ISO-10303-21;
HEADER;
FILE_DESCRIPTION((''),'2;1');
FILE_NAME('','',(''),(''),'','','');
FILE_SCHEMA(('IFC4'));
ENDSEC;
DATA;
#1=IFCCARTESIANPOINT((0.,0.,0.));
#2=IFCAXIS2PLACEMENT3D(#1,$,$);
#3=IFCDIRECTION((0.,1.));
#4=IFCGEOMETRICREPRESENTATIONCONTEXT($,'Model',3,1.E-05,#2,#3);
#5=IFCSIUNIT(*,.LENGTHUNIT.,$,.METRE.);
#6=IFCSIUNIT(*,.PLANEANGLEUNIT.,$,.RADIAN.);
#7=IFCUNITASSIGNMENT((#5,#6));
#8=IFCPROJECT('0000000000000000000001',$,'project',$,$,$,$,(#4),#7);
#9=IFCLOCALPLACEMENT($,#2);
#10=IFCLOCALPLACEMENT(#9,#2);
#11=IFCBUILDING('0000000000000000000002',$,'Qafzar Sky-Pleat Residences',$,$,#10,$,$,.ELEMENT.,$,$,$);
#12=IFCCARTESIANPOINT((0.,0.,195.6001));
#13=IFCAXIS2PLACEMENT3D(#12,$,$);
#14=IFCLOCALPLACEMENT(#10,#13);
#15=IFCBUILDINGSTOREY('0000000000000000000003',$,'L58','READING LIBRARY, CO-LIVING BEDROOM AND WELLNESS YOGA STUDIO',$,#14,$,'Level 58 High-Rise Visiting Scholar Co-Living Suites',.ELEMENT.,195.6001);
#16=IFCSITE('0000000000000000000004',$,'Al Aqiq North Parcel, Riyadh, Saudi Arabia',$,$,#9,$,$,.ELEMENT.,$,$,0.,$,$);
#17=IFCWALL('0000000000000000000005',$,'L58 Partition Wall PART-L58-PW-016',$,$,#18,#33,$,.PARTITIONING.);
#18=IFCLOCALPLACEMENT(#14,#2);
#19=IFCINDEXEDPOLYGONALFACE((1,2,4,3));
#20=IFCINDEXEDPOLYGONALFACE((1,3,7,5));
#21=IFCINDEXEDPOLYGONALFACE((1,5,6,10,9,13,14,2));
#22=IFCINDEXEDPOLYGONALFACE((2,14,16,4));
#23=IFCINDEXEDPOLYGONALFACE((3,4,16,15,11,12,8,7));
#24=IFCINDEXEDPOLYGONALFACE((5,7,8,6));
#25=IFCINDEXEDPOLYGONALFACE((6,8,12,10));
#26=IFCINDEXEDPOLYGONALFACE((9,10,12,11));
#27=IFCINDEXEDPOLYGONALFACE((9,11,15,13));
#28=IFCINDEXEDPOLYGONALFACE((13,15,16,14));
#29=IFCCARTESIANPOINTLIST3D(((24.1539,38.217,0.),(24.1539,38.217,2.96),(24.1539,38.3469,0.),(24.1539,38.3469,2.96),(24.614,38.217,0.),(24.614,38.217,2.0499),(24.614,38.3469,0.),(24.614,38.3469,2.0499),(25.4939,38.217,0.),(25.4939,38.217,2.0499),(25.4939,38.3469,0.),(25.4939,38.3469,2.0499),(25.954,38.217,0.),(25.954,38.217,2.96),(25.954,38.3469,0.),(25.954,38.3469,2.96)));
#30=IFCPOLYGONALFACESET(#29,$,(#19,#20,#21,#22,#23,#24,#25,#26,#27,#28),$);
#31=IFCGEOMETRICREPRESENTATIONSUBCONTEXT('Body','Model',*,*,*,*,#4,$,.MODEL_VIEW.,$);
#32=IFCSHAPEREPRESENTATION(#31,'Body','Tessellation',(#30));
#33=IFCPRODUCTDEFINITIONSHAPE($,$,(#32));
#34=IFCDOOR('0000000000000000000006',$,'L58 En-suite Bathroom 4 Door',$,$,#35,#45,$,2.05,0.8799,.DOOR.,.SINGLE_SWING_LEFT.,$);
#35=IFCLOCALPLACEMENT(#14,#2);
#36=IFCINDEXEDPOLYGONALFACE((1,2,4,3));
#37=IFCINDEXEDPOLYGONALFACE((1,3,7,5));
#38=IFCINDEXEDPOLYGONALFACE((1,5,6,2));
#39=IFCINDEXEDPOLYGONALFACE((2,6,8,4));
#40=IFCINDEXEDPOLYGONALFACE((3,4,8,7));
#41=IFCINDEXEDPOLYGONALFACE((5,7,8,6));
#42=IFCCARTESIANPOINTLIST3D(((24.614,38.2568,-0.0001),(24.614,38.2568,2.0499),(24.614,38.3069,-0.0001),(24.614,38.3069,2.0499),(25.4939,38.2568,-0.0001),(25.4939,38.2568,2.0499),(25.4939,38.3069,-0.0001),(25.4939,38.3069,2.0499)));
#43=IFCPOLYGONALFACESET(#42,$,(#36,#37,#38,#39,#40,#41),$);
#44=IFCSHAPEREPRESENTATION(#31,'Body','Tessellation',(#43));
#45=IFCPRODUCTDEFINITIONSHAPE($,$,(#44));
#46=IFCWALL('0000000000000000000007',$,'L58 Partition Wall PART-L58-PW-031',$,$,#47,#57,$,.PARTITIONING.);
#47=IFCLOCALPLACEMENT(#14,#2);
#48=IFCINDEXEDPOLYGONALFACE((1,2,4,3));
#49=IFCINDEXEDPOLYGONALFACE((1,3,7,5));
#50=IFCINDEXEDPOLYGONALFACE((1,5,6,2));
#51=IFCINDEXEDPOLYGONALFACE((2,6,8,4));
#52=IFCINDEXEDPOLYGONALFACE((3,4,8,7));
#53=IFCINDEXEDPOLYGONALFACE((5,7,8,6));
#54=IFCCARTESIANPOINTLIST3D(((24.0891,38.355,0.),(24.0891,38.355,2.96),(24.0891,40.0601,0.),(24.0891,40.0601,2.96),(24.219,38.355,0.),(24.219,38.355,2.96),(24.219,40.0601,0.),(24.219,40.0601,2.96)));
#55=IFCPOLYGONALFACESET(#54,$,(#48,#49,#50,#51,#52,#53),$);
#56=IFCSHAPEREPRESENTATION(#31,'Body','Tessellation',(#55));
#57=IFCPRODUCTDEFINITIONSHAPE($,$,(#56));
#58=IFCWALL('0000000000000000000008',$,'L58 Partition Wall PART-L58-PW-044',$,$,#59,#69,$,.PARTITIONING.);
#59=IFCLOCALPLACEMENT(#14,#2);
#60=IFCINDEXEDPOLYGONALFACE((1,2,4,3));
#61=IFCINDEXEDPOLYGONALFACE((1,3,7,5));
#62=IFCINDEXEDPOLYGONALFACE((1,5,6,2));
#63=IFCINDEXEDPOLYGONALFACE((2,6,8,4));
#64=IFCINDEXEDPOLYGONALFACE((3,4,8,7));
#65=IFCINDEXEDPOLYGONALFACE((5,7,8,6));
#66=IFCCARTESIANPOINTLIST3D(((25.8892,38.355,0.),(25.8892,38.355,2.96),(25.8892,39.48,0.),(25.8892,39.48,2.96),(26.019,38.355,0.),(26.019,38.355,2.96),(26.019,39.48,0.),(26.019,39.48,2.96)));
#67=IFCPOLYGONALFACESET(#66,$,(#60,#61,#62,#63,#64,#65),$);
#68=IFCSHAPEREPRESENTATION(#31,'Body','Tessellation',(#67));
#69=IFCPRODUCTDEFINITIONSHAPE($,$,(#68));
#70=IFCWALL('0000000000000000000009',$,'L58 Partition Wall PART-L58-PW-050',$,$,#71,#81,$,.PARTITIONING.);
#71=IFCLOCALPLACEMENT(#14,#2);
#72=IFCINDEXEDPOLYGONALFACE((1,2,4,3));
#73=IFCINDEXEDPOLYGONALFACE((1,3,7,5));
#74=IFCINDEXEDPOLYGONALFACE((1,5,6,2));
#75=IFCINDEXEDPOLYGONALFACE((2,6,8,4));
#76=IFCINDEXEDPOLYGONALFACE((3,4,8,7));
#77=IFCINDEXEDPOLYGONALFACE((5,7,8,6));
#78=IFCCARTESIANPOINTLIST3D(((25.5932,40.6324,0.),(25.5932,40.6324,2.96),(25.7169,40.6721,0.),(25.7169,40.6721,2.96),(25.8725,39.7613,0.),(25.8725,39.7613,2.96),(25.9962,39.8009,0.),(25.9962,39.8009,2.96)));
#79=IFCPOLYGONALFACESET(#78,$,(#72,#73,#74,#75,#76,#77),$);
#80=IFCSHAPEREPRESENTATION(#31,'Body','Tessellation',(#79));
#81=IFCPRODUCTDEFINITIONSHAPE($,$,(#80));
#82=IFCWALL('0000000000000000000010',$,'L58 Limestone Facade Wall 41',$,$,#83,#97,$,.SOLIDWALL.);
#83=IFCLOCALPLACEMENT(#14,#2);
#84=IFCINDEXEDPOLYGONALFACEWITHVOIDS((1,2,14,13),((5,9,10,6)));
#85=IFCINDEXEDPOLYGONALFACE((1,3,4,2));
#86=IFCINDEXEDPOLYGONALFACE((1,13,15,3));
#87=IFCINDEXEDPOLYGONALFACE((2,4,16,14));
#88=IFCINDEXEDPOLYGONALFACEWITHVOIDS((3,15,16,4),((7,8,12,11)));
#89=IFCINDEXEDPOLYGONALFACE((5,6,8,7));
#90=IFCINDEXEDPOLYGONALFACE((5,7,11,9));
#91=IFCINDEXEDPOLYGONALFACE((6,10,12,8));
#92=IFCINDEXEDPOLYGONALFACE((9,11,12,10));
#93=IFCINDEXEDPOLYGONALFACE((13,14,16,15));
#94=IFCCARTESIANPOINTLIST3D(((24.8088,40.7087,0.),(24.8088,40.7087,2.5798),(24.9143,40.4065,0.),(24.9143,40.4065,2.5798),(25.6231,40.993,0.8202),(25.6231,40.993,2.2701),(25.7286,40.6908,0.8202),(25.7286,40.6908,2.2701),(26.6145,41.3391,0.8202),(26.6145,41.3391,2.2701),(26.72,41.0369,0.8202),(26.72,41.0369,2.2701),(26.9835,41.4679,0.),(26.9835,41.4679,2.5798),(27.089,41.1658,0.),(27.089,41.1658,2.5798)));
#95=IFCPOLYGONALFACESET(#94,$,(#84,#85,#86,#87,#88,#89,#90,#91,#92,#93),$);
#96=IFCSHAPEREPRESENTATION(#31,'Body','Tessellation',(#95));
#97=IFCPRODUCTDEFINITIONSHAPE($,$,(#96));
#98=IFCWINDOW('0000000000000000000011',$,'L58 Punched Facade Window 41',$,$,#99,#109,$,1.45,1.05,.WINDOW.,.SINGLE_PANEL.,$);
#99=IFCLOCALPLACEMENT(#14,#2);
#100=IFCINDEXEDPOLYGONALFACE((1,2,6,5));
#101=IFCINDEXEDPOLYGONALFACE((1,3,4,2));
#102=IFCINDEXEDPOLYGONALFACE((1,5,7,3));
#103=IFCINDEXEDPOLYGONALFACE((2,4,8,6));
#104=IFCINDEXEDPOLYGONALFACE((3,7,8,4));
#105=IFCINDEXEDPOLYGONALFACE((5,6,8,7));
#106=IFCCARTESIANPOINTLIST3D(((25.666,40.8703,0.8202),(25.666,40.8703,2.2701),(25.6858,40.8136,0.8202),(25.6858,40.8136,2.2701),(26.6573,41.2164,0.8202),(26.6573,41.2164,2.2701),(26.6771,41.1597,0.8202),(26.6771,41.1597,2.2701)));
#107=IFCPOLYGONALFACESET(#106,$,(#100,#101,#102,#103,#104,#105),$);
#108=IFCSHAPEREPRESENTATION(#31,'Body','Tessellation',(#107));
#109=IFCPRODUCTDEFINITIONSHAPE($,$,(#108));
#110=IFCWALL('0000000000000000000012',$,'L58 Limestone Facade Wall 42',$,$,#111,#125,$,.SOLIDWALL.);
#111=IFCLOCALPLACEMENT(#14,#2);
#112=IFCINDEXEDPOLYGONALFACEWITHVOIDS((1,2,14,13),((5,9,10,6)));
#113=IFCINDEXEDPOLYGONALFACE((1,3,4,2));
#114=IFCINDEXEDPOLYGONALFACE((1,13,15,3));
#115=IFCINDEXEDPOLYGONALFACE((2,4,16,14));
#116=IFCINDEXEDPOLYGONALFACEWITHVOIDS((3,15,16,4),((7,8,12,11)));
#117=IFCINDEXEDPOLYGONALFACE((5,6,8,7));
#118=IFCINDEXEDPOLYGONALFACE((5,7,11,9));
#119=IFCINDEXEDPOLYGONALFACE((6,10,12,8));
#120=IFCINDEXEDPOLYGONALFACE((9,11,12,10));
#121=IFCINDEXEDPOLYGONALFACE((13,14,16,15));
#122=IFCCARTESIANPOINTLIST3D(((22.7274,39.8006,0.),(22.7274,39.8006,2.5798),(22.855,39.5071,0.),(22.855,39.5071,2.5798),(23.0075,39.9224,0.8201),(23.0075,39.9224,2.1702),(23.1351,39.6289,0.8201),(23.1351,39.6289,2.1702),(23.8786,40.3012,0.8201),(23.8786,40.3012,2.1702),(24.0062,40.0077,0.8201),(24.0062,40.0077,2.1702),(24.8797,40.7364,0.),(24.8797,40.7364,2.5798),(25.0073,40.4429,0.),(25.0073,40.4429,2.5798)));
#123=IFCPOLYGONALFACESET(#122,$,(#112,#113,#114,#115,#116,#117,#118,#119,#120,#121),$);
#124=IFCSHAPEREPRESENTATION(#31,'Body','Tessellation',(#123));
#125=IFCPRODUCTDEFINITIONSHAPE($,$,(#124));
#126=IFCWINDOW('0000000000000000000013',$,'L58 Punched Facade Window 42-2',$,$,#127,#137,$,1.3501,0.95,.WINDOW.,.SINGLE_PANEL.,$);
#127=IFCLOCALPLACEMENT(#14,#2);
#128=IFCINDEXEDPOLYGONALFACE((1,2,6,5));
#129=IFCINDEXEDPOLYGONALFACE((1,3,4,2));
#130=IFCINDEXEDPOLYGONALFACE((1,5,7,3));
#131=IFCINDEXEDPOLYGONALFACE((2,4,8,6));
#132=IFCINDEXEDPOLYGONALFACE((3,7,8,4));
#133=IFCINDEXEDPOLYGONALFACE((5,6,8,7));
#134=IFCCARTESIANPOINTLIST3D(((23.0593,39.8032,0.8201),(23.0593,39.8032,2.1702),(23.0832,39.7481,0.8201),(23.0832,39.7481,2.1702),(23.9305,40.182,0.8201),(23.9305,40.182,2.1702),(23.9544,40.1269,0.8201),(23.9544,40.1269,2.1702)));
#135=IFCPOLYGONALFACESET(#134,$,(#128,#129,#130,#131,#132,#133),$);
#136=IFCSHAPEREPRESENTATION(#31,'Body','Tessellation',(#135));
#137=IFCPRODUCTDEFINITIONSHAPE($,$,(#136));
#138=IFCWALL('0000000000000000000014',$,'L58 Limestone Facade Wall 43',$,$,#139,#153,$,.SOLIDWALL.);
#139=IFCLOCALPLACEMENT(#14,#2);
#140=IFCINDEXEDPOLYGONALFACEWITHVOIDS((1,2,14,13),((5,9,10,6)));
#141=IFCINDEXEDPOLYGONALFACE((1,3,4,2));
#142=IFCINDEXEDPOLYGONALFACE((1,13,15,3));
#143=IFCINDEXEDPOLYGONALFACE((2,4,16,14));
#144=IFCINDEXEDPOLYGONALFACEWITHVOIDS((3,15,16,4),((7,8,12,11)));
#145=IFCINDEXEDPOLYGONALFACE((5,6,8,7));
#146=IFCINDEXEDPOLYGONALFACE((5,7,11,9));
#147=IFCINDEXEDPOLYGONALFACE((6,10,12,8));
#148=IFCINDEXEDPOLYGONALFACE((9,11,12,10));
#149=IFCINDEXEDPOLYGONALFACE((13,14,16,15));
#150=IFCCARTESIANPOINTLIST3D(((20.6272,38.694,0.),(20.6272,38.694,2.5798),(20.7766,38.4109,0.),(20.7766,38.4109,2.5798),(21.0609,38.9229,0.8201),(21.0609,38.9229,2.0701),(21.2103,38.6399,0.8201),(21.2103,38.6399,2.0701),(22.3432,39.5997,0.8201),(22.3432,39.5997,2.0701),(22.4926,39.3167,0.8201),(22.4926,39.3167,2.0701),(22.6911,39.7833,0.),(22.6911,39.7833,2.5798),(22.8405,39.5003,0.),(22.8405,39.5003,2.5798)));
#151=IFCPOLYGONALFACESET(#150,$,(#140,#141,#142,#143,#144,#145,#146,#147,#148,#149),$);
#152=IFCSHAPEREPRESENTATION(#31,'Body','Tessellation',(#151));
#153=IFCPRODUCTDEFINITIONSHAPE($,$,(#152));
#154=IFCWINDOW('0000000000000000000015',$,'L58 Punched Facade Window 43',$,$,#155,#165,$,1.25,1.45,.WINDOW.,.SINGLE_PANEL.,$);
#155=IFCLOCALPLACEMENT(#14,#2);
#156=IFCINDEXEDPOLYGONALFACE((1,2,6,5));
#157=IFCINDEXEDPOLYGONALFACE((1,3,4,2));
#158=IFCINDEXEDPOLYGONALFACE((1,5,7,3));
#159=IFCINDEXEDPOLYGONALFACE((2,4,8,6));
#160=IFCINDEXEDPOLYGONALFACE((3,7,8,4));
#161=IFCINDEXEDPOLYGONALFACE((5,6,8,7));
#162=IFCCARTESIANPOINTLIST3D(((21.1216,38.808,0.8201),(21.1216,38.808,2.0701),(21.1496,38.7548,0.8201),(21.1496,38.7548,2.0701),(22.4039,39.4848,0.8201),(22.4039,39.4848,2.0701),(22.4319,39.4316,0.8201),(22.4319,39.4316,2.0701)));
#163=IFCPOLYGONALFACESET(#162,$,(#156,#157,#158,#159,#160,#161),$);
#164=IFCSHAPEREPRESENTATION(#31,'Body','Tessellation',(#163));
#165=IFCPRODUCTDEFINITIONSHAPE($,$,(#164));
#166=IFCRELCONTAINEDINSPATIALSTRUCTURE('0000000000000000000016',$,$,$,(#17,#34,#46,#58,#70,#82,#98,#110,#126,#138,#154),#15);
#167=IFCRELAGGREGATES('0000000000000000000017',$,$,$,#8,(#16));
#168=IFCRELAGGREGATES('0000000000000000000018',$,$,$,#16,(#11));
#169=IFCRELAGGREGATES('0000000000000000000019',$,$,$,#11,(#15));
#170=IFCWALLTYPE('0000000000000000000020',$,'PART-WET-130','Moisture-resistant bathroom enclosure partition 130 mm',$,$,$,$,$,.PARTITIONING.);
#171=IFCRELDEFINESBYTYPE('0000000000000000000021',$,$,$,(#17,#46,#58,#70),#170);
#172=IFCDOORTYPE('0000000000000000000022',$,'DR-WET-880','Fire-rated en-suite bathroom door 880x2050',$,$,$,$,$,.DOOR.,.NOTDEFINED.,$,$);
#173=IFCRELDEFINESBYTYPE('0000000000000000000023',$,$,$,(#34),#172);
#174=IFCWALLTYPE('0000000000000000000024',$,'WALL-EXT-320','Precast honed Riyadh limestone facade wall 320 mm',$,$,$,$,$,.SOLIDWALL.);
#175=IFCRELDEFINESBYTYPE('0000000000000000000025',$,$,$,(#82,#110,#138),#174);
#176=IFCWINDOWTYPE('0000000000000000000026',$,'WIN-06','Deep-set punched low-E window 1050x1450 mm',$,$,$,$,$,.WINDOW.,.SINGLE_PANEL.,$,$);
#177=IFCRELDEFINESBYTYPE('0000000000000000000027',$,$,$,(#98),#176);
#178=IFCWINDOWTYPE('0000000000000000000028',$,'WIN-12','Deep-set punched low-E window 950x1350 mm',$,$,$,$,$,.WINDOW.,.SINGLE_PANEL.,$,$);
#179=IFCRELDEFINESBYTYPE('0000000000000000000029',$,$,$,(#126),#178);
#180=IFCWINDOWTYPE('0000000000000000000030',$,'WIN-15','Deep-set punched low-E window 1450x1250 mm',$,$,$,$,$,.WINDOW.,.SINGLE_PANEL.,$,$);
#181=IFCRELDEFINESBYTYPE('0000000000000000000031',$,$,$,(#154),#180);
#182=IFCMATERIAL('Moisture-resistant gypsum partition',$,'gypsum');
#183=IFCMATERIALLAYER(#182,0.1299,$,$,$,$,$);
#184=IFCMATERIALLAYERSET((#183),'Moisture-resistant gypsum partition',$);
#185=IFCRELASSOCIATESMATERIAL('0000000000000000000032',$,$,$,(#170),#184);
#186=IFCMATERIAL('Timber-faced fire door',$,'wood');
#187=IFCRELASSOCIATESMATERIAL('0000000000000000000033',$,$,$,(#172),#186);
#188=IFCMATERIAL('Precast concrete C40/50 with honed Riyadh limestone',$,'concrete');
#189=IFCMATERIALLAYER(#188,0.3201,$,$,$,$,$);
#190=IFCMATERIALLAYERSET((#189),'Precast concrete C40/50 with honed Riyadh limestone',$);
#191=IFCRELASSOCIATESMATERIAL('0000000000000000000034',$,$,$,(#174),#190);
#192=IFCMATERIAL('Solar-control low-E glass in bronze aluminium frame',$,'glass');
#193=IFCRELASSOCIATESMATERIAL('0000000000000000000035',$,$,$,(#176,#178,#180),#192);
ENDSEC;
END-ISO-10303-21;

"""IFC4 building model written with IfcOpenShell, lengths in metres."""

from ifc_helpers import new_model, si_unit, direction, frame, frame_2d, origin, place, context, subcontext, project, spatial, rectangle, extrude, source, transform, mapped, material, layer, layer_set, type_object, element, fill, save


model = new_model("IFC4")

# Units and contexts
model_context = context("Model", 3, precision=1e-05, world=origin(), true_north=direction((0.0, 1.0)))
body_context = subcontext(model_context, "Body", "Model", "MODEL_VIEW")
ifc_project = project(units=[si_unit("LENGTHUNIT", "METRE"), si_unit("PLANEANGLEUNIT", "RADIAN")], contexts=[model_context])

# Site, building, storey
site_placement = place(None, origin())
site = spatial("IfcSite", under=ifc_project, at=site_placement, Name="Al Aqiq North Parcel, Riyadh, Saudi Arabia", CompositionType="ELEMENT", RefElevation=0.0)
building_placement = place(site_placement, origin())
building = spatial("IfcBuilding", under=site, at=building_placement, Name="Qafzar Sky-Pleat Residences", CompositionType="ELEMENT")
storey_placement = place(building_placement, frame((0.0, 0.0, 195.6001)))
storey = spatial("IfcBuildingStorey", under=building, at=storey_placement, Name="L58", Description="READING LIBRARY, CO-LIVING BEDROOM AND WELLNESS YOGA STUDIO", LongName="Level 58 High-Rise Visiting Scholar Co-Living Suites", CompositionType="ELEMENT", Elevation=195.6001)

# Wall, opening, door
ifc_material_1 = material(Name="Moisture-resistant gypsum partition", Category="gypsum")
ifc_layer_1 = layer(ifc_material_1, 0.1299)
ifc_layer_set_1 = layer_set([ifc_layer_1], Name="Moisture-resistant gypsum partition")
wall_type_1 = type_object("IfcWallType", Name="PART-WET-130", Description="Moisture-resistant bathroom enclosure partition 130 mm", PredefinedType="PARTITIONING", material=ifc_layer_set_1)
wall_1_placement = place(storey_placement, frame((24.1541, 38.282, 0.0), z_axis=(0.0, 0.0, 1.0), x_axis=(1.0, 0.0, 0.0)))
wall_1 = element("IfcWall", 1, at=wall_1_placement, inside=storey, type_object=wall_type_1, Name="L58 Partition Wall PART-L58-PW-016", PredefinedType="PARTITIONING", context=body_context, shape_type="SweptSolid", body=[
    extrude(rectangle(XDim=1.8, YDim=0.1299, at=frame_2d((0.8999, 0.0))), origin(), (0.0, 0.0, 1.0), 2.96),
])
opening_1_placement = place(wall_1_placement, frame((0.46, 0.0, 0.0)))
opening_1 = element("IfcOpeningElement", 2, at=opening_1_placement, cuts=wall_1, PredefinedType="OPENING", context=body_context, shape_type="SweptSolid", body=[
    extrude(rectangle(XDim=0.8799, YDim=2.05, at=frame_2d((0.4399, 1.0249))), frame((0.0, 0.075, 0.0), z_axis=(0.0, -1.0, 0.0), x_axis=(1.0, 0.0, 0.0)), (0.0, 0.0, 1.0), 0.1499),
])
ifc_material_2 = material(Name="Timber-faced fire door", Category="wood")
door_type = type_object("IfcDoorType", Name="DR-WET-880", Description="Fire-rated en-suite bathroom door 880x2050", OperationType="NOTDEFINED", PredefinedType="DOOR", material=ifc_material_2)
shared_shape_1 = source(origin(), body_context, "Body", "SweptSolid", [
    extrude(rectangle(XDim=0.8799, YDim=2.05, at=frame_2d((0.4399, 1.0249))), frame((0.0, 0.0249, 0.0), z_axis=(0.0, -1.0, 0.0), x_axis=(1.0, 0.0, 0.0)), (0.0, 0.0, 1.0), 0.05),
])
door_placement = place(opening_1_placement, origin())
door = element("IfcDoor", 3, at=door_placement, inside=storey, type_object=door_type, Name="L58 En-suite Bathroom 4 Door", OperationType="SINGLE_SWING_LEFT", OverallHeight=2.05, OverallWidth=0.8799, PredefinedType="DOOR", context=body_context, shape_type="MappedRepresentation", body=[
    mapped(shared_shape_1, transform((0.0, 0.0, 0.0), x_axis=(1.0, 0.0, 0.0), y_axis=(0.0, 1.0, 0.0), z_axis=(0.0, 0.0, 1.0), scale=1.0)),
])
fill(opening_1, door)

# Walls
wall_2_placement = place(storey_placement, frame((24.1541, 38.355, 0.0), z_axis=(0.0, 0.0, 1.0), x_axis=(0.0, 1.0, 0.0)))
element("IfcWall", 4, at=wall_2_placement, inside=storey, type_object=wall_type_1, Name="L58 Partition Wall PART-L58-PW-031", PredefinedType="PARTITIONING", context=body_context, shape_type="SweptSolid", body=[
    extrude(rectangle(XDim=1.7051, YDim=0.1299, at=frame_2d((0.8525, 0.0))), origin(), (0.0, 0.0, 1.0), 2.96),
])
wall_3_placement = place(storey_placement, frame((25.9541, 38.355, 0.0), z_axis=(0.0, 0.0, 1.0), x_axis=(0.0, 1.0, 0.0)))
element("IfcWall", 5, at=wall_3_placement, inside=storey, type_object=wall_type_1, Name="L58 Partition Wall PART-L58-PW-044", PredefinedType="PARTITIONING", context=body_context, shape_type="SweptSolid", body=[
    extrude(rectangle(XDim=1.125, YDim=0.1299, at=frame_2d((0.5625, 0.0))), origin(), (0.0, 0.0, 1.0), 2.96),
])
wall_4_placement = place(storey_placement, frame((25.655, 40.6523, 0.0), z_axis=(0.0, 0.0, 1.0), x_axis=(0.305318, -0.95225, 0.0)))
element("IfcWall", 6, at=wall_4_placement, inside=storey, type_object=wall_type_1, Name="L58 Partition Wall PART-L58-PW-050", PredefinedType="PARTITIONING", context=body_context, shape_type="SweptSolid", body=[
    extrude(rectangle(XDim=0.9148, YDim=0.1299, at=frame_2d((0.4575, 0.0))), origin(), (0.0, 0.0, 1.0), 2.96),
])

# Walls, openings, windows
ifc_material_3 = material(Name="Precast concrete C40/50 with honed Riyadh limestone", Category="concrete")
ifc_layer_2 = layer(ifc_material_3, 0.3201)
ifc_layer_set_2 = layer_set([ifc_layer_2], Name="Precast concrete C40/50 with honed Riyadh limestone")
wall_type_2 = type_object("IfcWallType", Name="WALL-EXT-320", Description="Precast honed Riyadh limestone facade wall 320 mm", PredefinedType="SOLIDWALL", material=ifc_layer_set_2)
wall_5_placement = place(storey_placement, frame((27.0364, 41.3169, 0.0), z_axis=(0.0, 0.0, 1.0), x_axis=(-0.944116, -0.329614, 0.0)))
wall_5 = element("IfcWall", 7, at=wall_5_placement, inside=storey, type_object=wall_type_2, Name="L58 Limestone Facade Wall 41", PredefinedType="SOLIDWALL", context=body_context, shape_type="SweptSolid", body=[
    extrude(rectangle(XDim=2.3035, YDim=0.3201, at=frame_2d((1.1519, 0.0))), origin(), (0.0, 0.0, 1.0), 2.5798),
])
opening_2_placement = place(wall_5_placement, frame((0.3911, 0.0, 0.8201)))
opening_2 = element("IfcOpeningElement", 8, at=opening_2_placement, cuts=wall_5, PredefinedType="OPENING", context=body_context, shape_type="SweptSolid", body=[
    extrude(rectangle(XDim=1.05, YDim=1.45, at=frame_2d((0.5249, 0.7251))), frame((0.0, 0.1699, 0.0), z_axis=(0.0, -1.0, 0.0), x_axis=(1.0, 0.0, 0.0)), (0.0, 0.0, 1.0), 0.3401),
])
ifc_material_4 = material(Name="Solar-control low-E glass in bronze aluminium frame", Category="glass")
window_type_1 = type_object("IfcWindowType", Name="WIN-06", Description="Deep-set punched low-E window 1050x1450 mm", PartitioningType="SINGLE_PANEL", PredefinedType="WINDOW", material=ifc_material_4)
shared_shape_2 = source(origin(), body_context, "Body", "SweptSolid", [
    extrude(rectangle(XDim=1.05, YDim=1.45, at=frame_2d((0.5249, 0.7251))), frame((0.0, 0.03, 0.0), z_axis=(0.0, -1.0, 0.0), x_axis=(1.0, 0.0, 0.0)), (0.0, 0.0, 1.0), 0.0601),
])
window_1_placement = place(opening_2_placement, origin())
window_1 = element("IfcWindow", 9, at=window_1_placement, inside=storey, type_object=window_type_1, Name="L58 Punched Facade Window 41", OverallHeight=1.45, OverallWidth=1.05, PartitioningType="SINGLE_PANEL", PredefinedType="WINDOW", context=body_context, shape_type="MappedRepresentation", body=[
    mapped(shared_shape_2, transform((0.0, 0.0, 0.0), x_axis=(1.0, 0.0, 0.0), y_axis=(0.0, 1.0, 0.0), z_axis=(0.0, 0.0, 1.0), scale=1.0)),
])
fill(opening_2, window_1)
wall_6_placement = place(storey_placement, frame((24.9434, 40.5896, 0.0), z_axis=(0.0, 0.0, 1.0), x_axis=(-0.917072, -0.398722, 0.0)))
wall_6 = element("IfcWall", 10, at=wall_6_placement, inside=storey, type_object=wall_type_2, Name="L58 Limestone Facade Wall 42", PredefinedType="SOLIDWALL", context=body_context, shape_type="SweptSolid", body=[
    extrude(rectangle(XDim=2.3469, YDim=0.3201, at=frame_2d((1.1733, 0.0))), origin(), (0.0, 0.0, 1.0), 2.5798),
])
opening_3_placement = place(wall_6_placement, frame((1.0913, 0.0, 0.8201)))
opening_3 = element("IfcOpeningElement", 11, at=opening_3_placement, cuts=wall_6, PredefinedType="OPENING", context=body_context, shape_type="SweptSolid", body=[
    extrude(rectangle(XDim=0.95, YDim=1.3501, at=frame_2d((0.4751, 0.675))), frame((0.0, 0.1699, 0.0), z_axis=(0.0, -1.0, 0.0), x_axis=(1.0, 0.0, 0.0)), (0.0, 0.0, 1.0), 0.3401),
])
window_type_2 = type_object("IfcWindowType", Name="WIN-12", Description="Deep-set punched low-E window 950x1350 mm", PartitioningType="SINGLE_PANEL", PredefinedType="WINDOW", material=ifc_material_4)
shared_shape_3 = source(origin(), body_context, "Body", "SweptSolid", [
    extrude(rectangle(XDim=0.95, YDim=1.3501, at=frame_2d((0.4751, 0.675))), frame((0.0, 0.03, 0.0), z_axis=(0.0, -1.0, 0.0), x_axis=(1.0, 0.0, 0.0)), (0.0, 0.0, 1.0), 0.0601),
])
window_2_placement = place(opening_3_placement, origin())
window_2 = element("IfcWindow", 12, at=window_2_placement, inside=storey, type_object=window_type_2, Name="L58 Punched Facade Window 42-2", OverallHeight=1.3501, OverallWidth=0.95, PartitioningType="SINGLE_PANEL", PredefinedType="WINDOW", context=body_context, shape_type="MappedRepresentation", body=[
    mapped(shared_shape_3, transform((0.0, 0.0, 0.0), x_axis=(1.0, 0.0, 0.0), y_axis=(0.0, 1.0, 0.0), z_axis=(0.0, 0.0, 1.0), scale=1.0)),
])
fill(opening_3, window_2)
wall_7_placement = place(storey_placement, frame((22.7659, 39.6418, 0.0), z_axis=(0.0, 0.0, 1.0), x_axis=(-0.884378, -0.466772, 0.0)))
wall_7 = element("IfcWall", 13, at=wall_7_placement, inside=storey, type_object=wall_type_2, Name="L58 Limestone Facade Wall 43", PredefinedType="SOLIDWALL", context=body_context, shape_type="SweptSolid", body=[
    extrude(rectangle(XDim=2.3337, YDim=0.3201, at=frame_2d((1.167, 0.0))), origin(), (0.0, 0.0, 1.0), 2.5798),
])
opening_4_placement = place(wall_7_placement, frame((0.3933, 0.0, 0.8201)))
opening_4 = element("IfcOpeningElement", 14, at=opening_4_placement, cuts=wall_7, PredefinedType="OPENING", context=body_context, shape_type="SweptSolid", body=[
    extrude(rectangle(XDim=1.45, YDim=1.25, at=frame_2d((0.7251, 0.625))), frame((0.0, 0.1699, 0.0), z_axis=(0.0, -1.0, 0.0), x_axis=(1.0, 0.0, 0.0)), (0.0, 0.0, 1.0), 0.3401),
])
window_type_3 = type_object("IfcWindowType", Name="WIN-15", Description="Deep-set punched low-E window 1450x1250 mm", PartitioningType="SINGLE_PANEL", PredefinedType="WINDOW", material=ifc_material_4)
shared_shape_4 = source(origin(), body_context, "Body", "SweptSolid", [
    extrude(rectangle(XDim=1.45, YDim=1.25, at=frame_2d((0.7251, 0.625))), frame((0.0, 0.03, 0.0), z_axis=(0.0, -1.0, 0.0), x_axis=(1.0, 0.0, 0.0)), (0.0, 0.0, 1.0), 0.0601),
])
window_3_placement = place(opening_4_placement, origin())
window_3 = element("IfcWindow", 15, at=window_3_placement, inside=storey, type_object=window_type_3, Name="L58 Punched Facade Window 43", OverallHeight=1.25, OverallWidth=1.45, PartitioningType="SINGLE_PANEL", PredefinedType="WINDOW", context=body_context, shape_type="MappedRepresentation", body=[
    mapped(shared_shape_4, transform((0.0, 0.0, 0.0), x_axis=(1.0, 0.0, 0.0), y_axis=(0.0, 1.0, 0.0), z_axis=(0.0, 0.0, 1.0), scale=1.0)),
])
fill(opening_4, window_3)

save(model, "model.ifc")
